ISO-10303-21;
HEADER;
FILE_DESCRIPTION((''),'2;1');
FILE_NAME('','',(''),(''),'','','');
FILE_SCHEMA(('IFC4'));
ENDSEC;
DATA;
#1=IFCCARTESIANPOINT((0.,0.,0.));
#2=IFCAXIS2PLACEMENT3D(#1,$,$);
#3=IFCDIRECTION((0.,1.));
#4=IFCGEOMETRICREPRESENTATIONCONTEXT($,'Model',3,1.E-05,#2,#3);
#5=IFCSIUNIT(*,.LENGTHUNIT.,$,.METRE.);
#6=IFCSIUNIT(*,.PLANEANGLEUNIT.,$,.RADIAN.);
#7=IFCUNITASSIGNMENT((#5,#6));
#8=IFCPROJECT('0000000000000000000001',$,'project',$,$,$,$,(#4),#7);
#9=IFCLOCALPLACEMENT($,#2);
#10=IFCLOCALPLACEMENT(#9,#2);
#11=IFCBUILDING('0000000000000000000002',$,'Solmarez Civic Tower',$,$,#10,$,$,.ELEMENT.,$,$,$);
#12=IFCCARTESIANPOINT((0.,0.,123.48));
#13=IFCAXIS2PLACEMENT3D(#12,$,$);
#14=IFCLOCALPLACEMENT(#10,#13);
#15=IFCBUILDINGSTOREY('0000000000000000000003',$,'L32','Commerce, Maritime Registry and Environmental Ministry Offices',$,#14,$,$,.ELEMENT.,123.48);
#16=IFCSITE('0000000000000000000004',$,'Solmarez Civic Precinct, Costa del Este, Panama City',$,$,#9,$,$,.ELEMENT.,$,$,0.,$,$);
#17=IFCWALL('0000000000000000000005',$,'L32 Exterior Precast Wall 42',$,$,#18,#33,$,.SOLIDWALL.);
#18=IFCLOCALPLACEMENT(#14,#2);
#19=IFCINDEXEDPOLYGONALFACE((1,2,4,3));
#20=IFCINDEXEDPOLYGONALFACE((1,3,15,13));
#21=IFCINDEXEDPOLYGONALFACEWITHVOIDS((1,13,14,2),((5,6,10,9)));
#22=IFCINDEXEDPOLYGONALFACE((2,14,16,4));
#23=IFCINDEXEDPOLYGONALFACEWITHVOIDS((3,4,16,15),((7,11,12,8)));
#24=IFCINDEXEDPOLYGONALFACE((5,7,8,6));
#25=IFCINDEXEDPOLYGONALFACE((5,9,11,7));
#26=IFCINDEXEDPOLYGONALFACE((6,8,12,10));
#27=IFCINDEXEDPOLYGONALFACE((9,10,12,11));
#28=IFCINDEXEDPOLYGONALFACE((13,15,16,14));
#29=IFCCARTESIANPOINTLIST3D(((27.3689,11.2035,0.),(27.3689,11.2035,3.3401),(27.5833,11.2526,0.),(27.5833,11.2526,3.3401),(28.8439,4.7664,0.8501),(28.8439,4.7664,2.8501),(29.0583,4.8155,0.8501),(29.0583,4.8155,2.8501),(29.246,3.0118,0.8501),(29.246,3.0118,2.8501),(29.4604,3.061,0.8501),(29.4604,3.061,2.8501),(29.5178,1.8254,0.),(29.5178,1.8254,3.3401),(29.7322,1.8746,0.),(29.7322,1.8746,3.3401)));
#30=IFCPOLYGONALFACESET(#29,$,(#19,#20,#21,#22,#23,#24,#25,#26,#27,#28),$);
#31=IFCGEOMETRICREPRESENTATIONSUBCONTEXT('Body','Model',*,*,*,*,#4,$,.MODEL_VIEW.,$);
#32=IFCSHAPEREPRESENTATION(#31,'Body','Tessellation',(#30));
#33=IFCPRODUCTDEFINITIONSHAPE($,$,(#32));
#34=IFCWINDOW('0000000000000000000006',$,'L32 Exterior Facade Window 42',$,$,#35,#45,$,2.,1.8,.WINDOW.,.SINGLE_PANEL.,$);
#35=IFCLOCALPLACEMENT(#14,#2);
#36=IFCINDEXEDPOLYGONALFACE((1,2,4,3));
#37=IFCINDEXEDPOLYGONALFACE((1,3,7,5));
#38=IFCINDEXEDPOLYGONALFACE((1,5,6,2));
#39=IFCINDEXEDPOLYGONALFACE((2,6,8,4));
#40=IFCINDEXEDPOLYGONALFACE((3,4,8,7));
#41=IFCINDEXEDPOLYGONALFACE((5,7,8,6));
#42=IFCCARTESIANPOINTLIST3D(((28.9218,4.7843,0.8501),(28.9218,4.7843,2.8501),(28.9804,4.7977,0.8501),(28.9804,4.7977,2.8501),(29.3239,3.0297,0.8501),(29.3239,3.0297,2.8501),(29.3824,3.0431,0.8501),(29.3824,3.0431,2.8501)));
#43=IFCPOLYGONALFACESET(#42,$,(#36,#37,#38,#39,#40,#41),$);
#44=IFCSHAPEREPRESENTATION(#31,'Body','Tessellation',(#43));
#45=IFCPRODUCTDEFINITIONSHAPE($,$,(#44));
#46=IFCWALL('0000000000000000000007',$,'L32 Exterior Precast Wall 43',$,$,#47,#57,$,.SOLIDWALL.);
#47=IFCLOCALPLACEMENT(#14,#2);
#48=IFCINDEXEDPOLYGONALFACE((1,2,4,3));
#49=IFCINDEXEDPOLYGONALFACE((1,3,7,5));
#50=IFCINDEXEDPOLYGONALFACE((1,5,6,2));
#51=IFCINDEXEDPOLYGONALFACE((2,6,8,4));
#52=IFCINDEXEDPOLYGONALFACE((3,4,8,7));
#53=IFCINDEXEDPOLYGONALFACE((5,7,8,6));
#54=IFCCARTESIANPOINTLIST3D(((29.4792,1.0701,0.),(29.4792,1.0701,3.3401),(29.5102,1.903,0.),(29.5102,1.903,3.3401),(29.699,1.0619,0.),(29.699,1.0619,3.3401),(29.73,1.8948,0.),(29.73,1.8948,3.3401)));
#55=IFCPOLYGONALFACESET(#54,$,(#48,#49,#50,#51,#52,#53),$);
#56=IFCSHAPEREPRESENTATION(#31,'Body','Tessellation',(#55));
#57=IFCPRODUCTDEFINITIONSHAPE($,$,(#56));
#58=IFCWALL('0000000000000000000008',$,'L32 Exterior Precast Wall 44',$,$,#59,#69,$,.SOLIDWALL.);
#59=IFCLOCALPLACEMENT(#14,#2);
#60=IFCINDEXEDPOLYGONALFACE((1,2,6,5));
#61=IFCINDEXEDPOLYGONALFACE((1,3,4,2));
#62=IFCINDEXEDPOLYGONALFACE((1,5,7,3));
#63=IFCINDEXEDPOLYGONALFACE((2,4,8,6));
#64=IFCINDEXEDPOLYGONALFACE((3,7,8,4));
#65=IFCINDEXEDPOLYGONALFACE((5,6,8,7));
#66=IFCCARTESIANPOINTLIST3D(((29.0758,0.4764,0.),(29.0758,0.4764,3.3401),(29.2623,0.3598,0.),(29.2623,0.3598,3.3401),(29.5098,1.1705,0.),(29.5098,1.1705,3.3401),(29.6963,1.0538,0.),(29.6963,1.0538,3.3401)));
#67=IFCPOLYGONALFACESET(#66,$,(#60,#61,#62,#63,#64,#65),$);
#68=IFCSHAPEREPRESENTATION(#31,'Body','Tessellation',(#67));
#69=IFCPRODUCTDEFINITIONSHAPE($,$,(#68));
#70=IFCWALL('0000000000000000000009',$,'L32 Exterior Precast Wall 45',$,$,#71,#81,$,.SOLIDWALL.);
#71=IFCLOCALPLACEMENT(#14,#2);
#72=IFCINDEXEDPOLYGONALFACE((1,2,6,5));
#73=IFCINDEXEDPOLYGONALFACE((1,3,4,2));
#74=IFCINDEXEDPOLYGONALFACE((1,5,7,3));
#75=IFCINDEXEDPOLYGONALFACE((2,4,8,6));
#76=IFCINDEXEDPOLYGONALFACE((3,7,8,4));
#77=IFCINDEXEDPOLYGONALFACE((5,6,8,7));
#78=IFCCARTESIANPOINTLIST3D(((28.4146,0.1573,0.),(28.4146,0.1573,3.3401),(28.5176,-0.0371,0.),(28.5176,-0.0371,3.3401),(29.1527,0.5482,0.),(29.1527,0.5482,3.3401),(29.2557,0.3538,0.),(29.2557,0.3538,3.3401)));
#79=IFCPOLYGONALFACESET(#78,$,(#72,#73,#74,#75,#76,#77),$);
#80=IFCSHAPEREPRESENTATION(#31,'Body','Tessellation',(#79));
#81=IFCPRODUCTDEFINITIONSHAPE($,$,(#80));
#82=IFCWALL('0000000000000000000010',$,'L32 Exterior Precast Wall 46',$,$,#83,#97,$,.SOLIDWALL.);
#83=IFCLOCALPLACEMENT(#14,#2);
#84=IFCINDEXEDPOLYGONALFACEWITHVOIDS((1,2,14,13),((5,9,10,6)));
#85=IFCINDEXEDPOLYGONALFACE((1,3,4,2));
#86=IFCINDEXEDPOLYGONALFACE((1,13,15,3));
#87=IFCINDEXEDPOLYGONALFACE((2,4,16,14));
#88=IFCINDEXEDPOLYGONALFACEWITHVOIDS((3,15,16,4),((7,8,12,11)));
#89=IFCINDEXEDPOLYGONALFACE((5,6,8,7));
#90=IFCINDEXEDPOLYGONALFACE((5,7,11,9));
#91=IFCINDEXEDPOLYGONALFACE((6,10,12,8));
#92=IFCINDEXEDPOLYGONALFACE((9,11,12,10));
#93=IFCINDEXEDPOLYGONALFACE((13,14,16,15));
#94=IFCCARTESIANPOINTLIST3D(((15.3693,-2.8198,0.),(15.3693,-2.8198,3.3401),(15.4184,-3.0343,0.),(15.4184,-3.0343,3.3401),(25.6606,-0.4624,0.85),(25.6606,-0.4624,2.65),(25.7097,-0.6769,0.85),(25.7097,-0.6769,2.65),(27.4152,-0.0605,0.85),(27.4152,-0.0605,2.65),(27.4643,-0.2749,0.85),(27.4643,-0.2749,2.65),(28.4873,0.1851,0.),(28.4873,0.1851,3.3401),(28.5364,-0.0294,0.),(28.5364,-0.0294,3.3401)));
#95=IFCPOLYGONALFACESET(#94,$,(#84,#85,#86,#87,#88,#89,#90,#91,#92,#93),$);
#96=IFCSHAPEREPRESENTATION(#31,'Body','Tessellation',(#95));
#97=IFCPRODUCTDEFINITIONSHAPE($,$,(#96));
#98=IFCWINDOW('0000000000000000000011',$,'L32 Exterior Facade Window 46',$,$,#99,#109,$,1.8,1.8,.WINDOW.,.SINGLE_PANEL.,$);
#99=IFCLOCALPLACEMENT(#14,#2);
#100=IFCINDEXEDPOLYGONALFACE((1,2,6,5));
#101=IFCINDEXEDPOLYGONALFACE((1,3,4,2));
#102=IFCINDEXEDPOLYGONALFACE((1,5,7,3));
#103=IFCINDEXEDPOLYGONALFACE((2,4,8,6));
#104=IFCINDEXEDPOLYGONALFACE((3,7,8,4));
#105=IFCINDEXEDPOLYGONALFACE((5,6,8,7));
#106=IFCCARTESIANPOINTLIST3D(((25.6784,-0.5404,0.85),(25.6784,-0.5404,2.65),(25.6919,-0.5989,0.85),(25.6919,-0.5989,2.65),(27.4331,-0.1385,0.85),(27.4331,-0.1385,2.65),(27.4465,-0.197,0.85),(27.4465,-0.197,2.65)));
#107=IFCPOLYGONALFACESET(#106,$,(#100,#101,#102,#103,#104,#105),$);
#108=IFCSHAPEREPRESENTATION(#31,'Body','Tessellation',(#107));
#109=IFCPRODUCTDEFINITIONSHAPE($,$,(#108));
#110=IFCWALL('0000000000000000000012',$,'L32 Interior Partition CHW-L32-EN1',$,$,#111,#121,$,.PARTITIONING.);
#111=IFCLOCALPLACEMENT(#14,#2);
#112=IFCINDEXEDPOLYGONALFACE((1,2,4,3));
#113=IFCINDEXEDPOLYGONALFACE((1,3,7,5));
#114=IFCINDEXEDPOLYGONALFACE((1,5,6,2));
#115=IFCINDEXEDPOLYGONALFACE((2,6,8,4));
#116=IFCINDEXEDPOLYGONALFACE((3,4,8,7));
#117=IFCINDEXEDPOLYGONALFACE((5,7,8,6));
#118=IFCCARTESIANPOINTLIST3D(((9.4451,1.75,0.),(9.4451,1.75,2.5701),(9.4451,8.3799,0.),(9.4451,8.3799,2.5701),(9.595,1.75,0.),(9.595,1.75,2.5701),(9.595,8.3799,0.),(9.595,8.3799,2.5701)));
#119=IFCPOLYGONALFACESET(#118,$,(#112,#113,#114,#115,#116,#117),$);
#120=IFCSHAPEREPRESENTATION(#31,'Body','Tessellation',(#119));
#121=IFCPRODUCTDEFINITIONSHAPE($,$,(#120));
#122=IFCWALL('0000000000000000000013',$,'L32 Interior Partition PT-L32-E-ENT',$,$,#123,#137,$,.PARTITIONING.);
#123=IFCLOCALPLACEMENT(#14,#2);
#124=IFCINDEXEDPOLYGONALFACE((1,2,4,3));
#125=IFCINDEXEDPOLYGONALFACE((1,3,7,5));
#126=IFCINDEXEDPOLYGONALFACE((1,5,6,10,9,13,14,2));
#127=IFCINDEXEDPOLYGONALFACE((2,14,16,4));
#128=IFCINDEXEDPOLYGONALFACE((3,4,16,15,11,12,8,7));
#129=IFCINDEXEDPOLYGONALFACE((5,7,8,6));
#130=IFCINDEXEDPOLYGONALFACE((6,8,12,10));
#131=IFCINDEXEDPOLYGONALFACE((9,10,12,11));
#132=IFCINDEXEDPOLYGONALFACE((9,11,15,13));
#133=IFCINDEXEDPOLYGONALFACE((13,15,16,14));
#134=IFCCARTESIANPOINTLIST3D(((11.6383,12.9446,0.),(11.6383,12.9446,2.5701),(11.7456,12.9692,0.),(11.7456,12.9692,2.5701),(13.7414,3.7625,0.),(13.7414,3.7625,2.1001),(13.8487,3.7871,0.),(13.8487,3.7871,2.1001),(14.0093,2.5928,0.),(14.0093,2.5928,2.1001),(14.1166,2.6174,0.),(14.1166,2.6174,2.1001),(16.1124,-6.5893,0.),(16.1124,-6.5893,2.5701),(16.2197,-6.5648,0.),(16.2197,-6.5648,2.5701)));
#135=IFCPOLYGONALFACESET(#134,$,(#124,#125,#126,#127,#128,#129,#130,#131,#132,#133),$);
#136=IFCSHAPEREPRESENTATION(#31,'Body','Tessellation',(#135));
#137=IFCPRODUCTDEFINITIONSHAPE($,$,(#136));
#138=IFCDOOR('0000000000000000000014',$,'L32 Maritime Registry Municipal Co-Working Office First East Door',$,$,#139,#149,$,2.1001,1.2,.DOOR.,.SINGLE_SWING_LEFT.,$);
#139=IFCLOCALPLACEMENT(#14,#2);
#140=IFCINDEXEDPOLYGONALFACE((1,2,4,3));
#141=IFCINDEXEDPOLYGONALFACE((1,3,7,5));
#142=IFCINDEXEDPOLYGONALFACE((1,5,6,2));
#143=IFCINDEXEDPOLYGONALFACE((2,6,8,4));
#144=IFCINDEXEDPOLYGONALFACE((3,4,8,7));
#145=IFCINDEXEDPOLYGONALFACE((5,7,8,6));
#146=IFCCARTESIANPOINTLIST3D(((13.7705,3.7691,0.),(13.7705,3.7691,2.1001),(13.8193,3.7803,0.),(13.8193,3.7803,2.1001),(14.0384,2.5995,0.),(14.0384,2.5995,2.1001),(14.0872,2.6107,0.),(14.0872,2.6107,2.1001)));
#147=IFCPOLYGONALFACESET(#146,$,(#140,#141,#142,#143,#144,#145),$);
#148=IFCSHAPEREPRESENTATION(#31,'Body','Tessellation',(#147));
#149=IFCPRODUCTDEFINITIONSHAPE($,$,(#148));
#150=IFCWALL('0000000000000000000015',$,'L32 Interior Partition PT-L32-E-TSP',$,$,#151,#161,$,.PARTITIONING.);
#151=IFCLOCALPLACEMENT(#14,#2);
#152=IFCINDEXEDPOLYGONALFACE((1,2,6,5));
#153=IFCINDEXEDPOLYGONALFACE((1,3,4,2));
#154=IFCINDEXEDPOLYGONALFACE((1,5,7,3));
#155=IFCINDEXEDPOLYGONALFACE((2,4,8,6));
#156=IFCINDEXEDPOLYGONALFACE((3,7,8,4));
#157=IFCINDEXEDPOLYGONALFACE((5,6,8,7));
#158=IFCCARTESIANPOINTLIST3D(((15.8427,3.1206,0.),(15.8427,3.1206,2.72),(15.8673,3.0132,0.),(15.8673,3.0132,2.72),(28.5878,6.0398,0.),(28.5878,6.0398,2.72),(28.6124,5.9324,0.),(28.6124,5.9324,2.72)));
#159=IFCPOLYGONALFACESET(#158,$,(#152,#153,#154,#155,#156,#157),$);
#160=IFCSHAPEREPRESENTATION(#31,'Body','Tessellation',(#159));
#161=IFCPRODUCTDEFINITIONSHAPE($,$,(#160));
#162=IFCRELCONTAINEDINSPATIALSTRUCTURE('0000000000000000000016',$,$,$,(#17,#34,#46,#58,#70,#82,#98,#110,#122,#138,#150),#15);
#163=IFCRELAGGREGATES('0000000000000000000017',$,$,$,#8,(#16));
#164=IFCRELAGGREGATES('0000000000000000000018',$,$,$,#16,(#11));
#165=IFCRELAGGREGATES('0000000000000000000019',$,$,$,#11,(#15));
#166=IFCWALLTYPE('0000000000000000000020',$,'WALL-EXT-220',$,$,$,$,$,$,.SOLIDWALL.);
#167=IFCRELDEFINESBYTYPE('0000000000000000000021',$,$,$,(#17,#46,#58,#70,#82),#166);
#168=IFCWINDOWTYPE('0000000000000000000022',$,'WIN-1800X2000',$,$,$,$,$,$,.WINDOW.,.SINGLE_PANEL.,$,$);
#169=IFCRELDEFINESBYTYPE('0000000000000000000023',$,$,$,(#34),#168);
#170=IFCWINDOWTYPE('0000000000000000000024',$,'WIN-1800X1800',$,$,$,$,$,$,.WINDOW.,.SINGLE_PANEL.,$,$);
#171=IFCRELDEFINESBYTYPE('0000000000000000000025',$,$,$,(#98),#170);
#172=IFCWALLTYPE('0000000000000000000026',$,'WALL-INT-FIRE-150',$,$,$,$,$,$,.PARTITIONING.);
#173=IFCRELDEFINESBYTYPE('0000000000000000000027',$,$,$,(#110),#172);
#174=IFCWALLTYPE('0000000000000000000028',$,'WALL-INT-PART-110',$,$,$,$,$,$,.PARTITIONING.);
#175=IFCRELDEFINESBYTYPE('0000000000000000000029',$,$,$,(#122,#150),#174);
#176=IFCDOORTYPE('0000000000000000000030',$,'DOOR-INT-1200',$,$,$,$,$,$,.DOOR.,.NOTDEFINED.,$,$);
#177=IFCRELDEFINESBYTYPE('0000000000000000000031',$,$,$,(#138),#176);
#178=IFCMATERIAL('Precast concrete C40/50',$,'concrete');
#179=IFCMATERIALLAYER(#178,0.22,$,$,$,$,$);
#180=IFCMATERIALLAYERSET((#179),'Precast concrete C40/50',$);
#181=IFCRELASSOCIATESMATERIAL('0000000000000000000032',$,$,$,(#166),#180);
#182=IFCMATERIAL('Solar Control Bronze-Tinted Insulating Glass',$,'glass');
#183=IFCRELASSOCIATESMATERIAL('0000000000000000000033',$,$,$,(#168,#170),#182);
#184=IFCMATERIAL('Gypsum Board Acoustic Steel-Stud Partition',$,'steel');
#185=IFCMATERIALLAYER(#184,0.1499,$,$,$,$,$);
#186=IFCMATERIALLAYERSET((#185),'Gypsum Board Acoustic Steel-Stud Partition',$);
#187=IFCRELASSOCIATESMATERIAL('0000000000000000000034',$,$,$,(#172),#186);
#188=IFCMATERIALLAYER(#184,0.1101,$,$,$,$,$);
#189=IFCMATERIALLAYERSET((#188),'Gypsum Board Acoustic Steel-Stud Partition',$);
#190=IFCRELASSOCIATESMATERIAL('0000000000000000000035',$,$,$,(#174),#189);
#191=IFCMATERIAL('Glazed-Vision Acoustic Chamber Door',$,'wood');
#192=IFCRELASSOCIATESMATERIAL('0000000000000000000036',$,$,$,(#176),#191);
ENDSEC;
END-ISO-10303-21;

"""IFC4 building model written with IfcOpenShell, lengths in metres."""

from ifc_helpers import new_model, si_unit, direction, frame, frame_2d, origin, place, context, subcontext, project, spatial, rectangle, extrude, material, layer, layer_set, type_object, element, fill, save


model = new_model("IFC4")

# Units and contexts
model_context = context("Model", 3, precision=1e-05, world=origin(), true_north=direction((0.0, 1.0)))
body_context = subcontext(model_context, "Body", "Model", "MODEL_VIEW")
ifc_project = project(units=[si_unit("LENGTHUNIT", "METRE"), si_unit("PLANEANGLEUNIT", "RADIAN")], contexts=[model_context])

# Site, building, storey
site_placement = place(None, origin())
site = spatial("IfcSite", under=ifc_project, at=site_placement, Name="Solmarez Civic Precinct, Costa del Este, Panama City", CompositionType="ELEMENT", RefElevation=0.0)
building_placement = place(site_placement, origin())
building = spatial("IfcBuilding", under=site, at=building_placement, Name="Solmarez Civic Tower", CompositionType="ELEMENT")
storey_placement = place(building_placement, frame((0.0, 0.0, 123.48)))
storey = spatial("IfcBuildingStorey", under=building, at=storey_placement, Name="L32", Description="Commerce, Maritime Registry and Environmental Ministry Offices", CompositionType="ELEMENT", Elevation=123.48)

# Shared definitions
ifc_material_1 = material(Name="Precast concrete C40/50", Category="concrete")
ifc_layer_1 = layer(ifc_material_1, 0.22)
ifc_layer_set_1 = layer_set([ifc_layer_1], Name="Precast concrete C40/50")
wall_type_1 = type_object("IfcWallType", Name="WALL-EXT-220", PredefinedType="SOLIDWALL", material=ifc_layer_set_1)

# Wall, opening, window
wall_1_placement = place(storey_placement, frame((27.4761, 11.228, 0.0), z_axis=(0.0, 0.0, 1.0), x_axis=(0.223358, -0.974736, 0.0)))
wall_1 = element("IfcWall", 1, at=wall_1_placement, inside=storey, type_object=wall_type_1, Name="L32 Exterior Precast Wall 42", PredefinedType="SOLIDWALL", context=body_context, shape_type="SweptSolid", body=[
    extrude(rectangle(XDim=9.6211, YDim=0.22, at=frame_2d((4.8105, 0.0))), origin(), (0.0, 0.0, 1.0), 3.3401),
])
opening_1_placement = place(wall_1_placement, frame((6.604, 0.0, 0.8501)))
opening_1 = element("IfcOpeningElement", 2, at=opening_1_placement, cuts=wall_1, PredefinedType="OPENING", context=body_context, shape_type="SweptSolid", body=[
    extrude(rectangle(XDim=1.8, YDim=2.0, at=frame_2d((0.8999, 1.0))), frame((0.0, 0.1199, 0.0), z_axis=(0.0, -1.0, 0.0), x_axis=(1.0, 0.0, 0.0)), (0.0, 0.0, 1.0), 0.24),
])
ifc_material_2 = material(Name="Solar Control Bronze-Tinted Insulating Glass", Category="glass")
window_type_1 = type_object("IfcWindowType", Name="WIN-1800X2000", PartitioningType="SINGLE_PANEL", PredefinedType="WINDOW", material=ifc_material_2)
window_1_placement = place(opening_1_placement, origin())
window_1 = element("IfcWindow", 3, at=window_1_placement, inside=storey, type_object=window_type_1, Name="L32 Exterior Facade Window 42", OverallHeight=2.0, OverallWidth=1.8, PartitioningType="SINGLE_PANEL", PredefinedType="WINDOW", context=body_context, shape_type="SweptSolid", body=[
    extrude(rectangle(XDim=1.8, YDim=2.0, at=frame_2d((0.8999, 1.0))), frame((0.0, 0.03, 0.0), z_axis=(0.0, -1.0, 0.0), x_axis=(1.0, 0.0, 0.0)), (0.0, 0.0, 1.0), 0.0601),
])
fill(opening_1, window_1)

# Walls
wall_2_placement = place(storey_placement, frame((29.6201, 1.8989, 0.0), z_axis=(0.0, 0.0, 1.0), x_axis=(-0.037196, -0.999308, 0.0)))
element("IfcWall", 4, at=wall_2_placement, inside=storey, type_object=wall_type_1, Name="L32 Exterior Precast Wall 43", PredefinedType="SOLIDWALL", context=body_context, shape_type="SweptSolid", body=[
    extrude(rectangle(XDim=0.8335, YDim=0.22, at=frame_2d((0.4167, 0.0))), origin(), (0.0, 0.0, 1.0), 3.3401),
])
wall_3_placement = place(storey_placement, frame((29.603, 1.1121, 0.0), z_axis=(0.0, 0.0, 1.0), x_axis=(-0.53024, -0.847847, 0.0)))
element("IfcWall", 5, at=wall_3_placement, inside=storey, type_object=wall_type_1, Name="L32 Exterior Precast Wall 44", PredefinedType="SOLIDWALL", context=body_context, shape_type="SweptSolid", body=[
    extrude(rectangle(XDim=0.8186, YDim=0.22, at=frame_2d((0.4092, 0.0))), origin(), (0.0, 0.0, 1.0), 3.3401),
])
wall_4_placement = place(storey_placement, frame((29.2041, 0.4509, 0.0), z_axis=(0.0, 0.0, 1.0), x_axis=(-0.883717, -0.468022, 0.0)))
element("IfcWall", 6, at=wall_4_placement, inside=storey, type_object=wall_type_1, Name="L32 Exterior Precast Wall 45", PredefinedType="SOLIDWALL", context=body_context, shape_type="SweptSolid", body=[
    extrude(rectangle(XDim=0.8352, YDim=0.22, at=frame_2d((0.4175, 0.0))), origin(), (0.0, 0.0, 1.0), 3.3401),
])

# Wall, opening, window
wall_5_placement = place(storey_placement, frame((28.512, 0.0779, 0.0), z_axis=(0.0, 0.0, 1.0), x_axis=(-0.974753, -0.223284, 0.0)))
wall_5 = element("IfcWall", 7, at=wall_5_placement, inside=storey, type_object=wall_type_1, Name="L32 Exterior Precast Wall 46", PredefinedType="SOLIDWALL", context=body_context, shape_type="SweptSolid", body=[
    extrude(rectangle(XDim=13.4578, YDim=0.22, at=frame_2d((6.729, 0.0))), origin(), (0.0, 0.0, 1.0), 3.3401),
])
opening_2_placement = place(wall_5_placement, frame((1.1001, 0.0, 0.8501)))
opening_2 = element("IfcOpeningElement", 8, at=opening_2_placement, cuts=wall_5, PredefinedType="OPENING", context=body_context, shape_type="SweptSolid", body=[
    extrude(rectangle(XDim=1.8, YDim=1.8, at=frame_2d((0.8999, 0.8999))), frame((0.0, 0.1199, 0.0), z_axis=(0.0, -1.0, 0.0), x_axis=(1.0, 0.0, 0.0)), (0.0, 0.0, 1.0), 0.24),
])
window_type_2 = type_object("IfcWindowType", Name="WIN-1800X1800", PartitioningType="SINGLE_PANEL", PredefinedType="WINDOW", material=ifc_material_2)
window_2_placement = place(opening_2_placement, origin())
window_2 = element("IfcWindow", 9, at=window_2_placement, inside=storey, type_object=window_type_2, Name="L32 Exterior Facade Window 46", OverallHeight=1.8, OverallWidth=1.8, PartitioningType="SINGLE_PANEL", PredefinedType="WINDOW", context=body_context, shape_type="SweptSolid", body=[
    extrude(rectangle(XDim=1.8, YDim=1.8, at=frame_2d((0.8999, 0.8999))), frame((0.0, 0.03, 0.0), z_axis=(0.0, -1.0, 0.0), x_axis=(1.0, 0.0, 0.0)), (0.0, 0.0, 1.0), 0.0601),
])
fill(opening_2, window_2)

# Wall
ifc_material_3 = material(Name="Gypsum Board Acoustic Steel-Stud Partition", Category="steel")
ifc_layer_2 = layer(ifc_material_3, 0.1499)
ifc_layer_set_2 = layer_set([ifc_layer_2], Name="Gypsum Board Acoustic Steel-Stud Partition")
wall_type_2 = type_object("IfcWallType", Name="WALL-INT-FIRE-150", PredefinedType="PARTITIONING", material=ifc_layer_set_2)
wall_6_placement = place(storey_placement, frame((9.52, 1.75, 0.0), z_axis=(0.0, 0.0, 1.0), x_axis=(0.0, 1.0, 0.0)))
element("IfcWall", 10, at=wall_6_placement, inside=storey, type_object=wall_type_2, Name="L32 Interior Partition CHW-L32-EN1", PredefinedType="PARTITIONING", context=body_context, shape_type="SweptSolid", body=[
    extrude(rectangle(XDim=6.6299, YDim=0.1499, at=frame_2d((3.3149, 0.0))), origin(), (0.0, 0.0, 1.0), 2.5701),
])

# Wall, opening, door
ifc_layer_3 = layer(ifc_material_3, 0.1101)
ifc_layer_set_3 = layer_set([ifc_layer_3], Name="Gypsum Board Acoustic Steel-Stud Partition")
wall_type_3 = type_object("IfcWallType", Name="WALL-INT-PART-110", PredefinedType="PARTITIONING", material=ifc_layer_set_3)
wall_7_placement = place(storey_placement, frame((11.6919, 12.957, 0.0), z_axis=(0.0, 0.0, 1.0), x_axis=(0.223262, -0.974758, 0.0)))
wall_7 = element("IfcWall", 11, at=wall_7_placement, inside=storey, type_object=wall_type_3, Name="L32 Interior Partition PT-L32-E-ENT", PredefinedType="PARTITIONING", context=body_context, shape_type="SweptSolid", body=[
    extrude(rectangle(XDim=20.0398, YDim=0.1101, at=frame_2d((10.02, 0.0))), origin(), (0.0, 0.0, 1.0), 2.5701),
])
opening_3_placement = place(wall_7_placement, frame((9.4199, 0.0, 0.0)))
opening_3 = element("IfcOpeningElement", 12, at=opening_3_placement, cuts=wall_7, PredefinedType="OPENING", context=body_context, shape_type="SweptSolid", body=[
    extrude(rectangle(XDim=1.2, YDim=2.1001, at=frame_2d((0.6001, 1.05))), frame((0.0, 0.0649, 0.0), z_axis=(0.0, -1.0, 0.0), x_axis=(1.0, 0.0, 0.0)), (0.0, 0.0, 1.0), 0.1301),
])
ifc_material_4 = material(Name="Glazed-Vision Acoustic Chamber Door", Category="wood")
door_type = type_object("IfcDoorType", Name="DOOR-INT-1200", OperationType="NOTDEFINED", PredefinedType="DOOR", material=ifc_material_4)
door_placement = place(opening_3_placement, origin())
door = element("IfcDoor", 13, at=door_placement, inside=storey, type_object=door_type, Name="L32 Maritime Registry Municipal Co-Working Office First East Door", OperationType="SINGLE_SWING_LEFT", OverallHeight=2.1001, OverallWidth=1.2, PredefinedType="DOOR", context=body_context, shape_type="SweptSolid", body=[
    extrude(rectangle(XDim=1.2, YDim=2.1001, at=frame_2d((0.6001, 1.05))), frame((0.0, 0.0249, 0.0), z_axis=(0.0, -1.0, 0.0), x_axis=(1.0, 0.0, 0.0)), (0.0, 0.0, 1.0), 0.05),
])
fill(opening_3, door)

# Wall
wall_8_placement = place(storey_placement, frame((15.855, 3.0669, 0.0), z_axis=(0.0, 0.0, 1.0), x_axis=(0.974758, 0.223262, 0.0)))
element("IfcWall", 14, at=wall_8_placement, inside=storey, type_object=wall_type_3, Name="L32 Interior Partition PT-L32-E-TSP", PredefinedType="PARTITIONING", context=body_context, shape_type="SweptSolid", body=[
    extrude(rectangle(XDim=13.0752, YDim=0.1101, at=frame_2d((6.5376, 0.0))), origin(), (0.0, 0.0, 1.0), 2.72),
])

save(model, "model.ifc")
